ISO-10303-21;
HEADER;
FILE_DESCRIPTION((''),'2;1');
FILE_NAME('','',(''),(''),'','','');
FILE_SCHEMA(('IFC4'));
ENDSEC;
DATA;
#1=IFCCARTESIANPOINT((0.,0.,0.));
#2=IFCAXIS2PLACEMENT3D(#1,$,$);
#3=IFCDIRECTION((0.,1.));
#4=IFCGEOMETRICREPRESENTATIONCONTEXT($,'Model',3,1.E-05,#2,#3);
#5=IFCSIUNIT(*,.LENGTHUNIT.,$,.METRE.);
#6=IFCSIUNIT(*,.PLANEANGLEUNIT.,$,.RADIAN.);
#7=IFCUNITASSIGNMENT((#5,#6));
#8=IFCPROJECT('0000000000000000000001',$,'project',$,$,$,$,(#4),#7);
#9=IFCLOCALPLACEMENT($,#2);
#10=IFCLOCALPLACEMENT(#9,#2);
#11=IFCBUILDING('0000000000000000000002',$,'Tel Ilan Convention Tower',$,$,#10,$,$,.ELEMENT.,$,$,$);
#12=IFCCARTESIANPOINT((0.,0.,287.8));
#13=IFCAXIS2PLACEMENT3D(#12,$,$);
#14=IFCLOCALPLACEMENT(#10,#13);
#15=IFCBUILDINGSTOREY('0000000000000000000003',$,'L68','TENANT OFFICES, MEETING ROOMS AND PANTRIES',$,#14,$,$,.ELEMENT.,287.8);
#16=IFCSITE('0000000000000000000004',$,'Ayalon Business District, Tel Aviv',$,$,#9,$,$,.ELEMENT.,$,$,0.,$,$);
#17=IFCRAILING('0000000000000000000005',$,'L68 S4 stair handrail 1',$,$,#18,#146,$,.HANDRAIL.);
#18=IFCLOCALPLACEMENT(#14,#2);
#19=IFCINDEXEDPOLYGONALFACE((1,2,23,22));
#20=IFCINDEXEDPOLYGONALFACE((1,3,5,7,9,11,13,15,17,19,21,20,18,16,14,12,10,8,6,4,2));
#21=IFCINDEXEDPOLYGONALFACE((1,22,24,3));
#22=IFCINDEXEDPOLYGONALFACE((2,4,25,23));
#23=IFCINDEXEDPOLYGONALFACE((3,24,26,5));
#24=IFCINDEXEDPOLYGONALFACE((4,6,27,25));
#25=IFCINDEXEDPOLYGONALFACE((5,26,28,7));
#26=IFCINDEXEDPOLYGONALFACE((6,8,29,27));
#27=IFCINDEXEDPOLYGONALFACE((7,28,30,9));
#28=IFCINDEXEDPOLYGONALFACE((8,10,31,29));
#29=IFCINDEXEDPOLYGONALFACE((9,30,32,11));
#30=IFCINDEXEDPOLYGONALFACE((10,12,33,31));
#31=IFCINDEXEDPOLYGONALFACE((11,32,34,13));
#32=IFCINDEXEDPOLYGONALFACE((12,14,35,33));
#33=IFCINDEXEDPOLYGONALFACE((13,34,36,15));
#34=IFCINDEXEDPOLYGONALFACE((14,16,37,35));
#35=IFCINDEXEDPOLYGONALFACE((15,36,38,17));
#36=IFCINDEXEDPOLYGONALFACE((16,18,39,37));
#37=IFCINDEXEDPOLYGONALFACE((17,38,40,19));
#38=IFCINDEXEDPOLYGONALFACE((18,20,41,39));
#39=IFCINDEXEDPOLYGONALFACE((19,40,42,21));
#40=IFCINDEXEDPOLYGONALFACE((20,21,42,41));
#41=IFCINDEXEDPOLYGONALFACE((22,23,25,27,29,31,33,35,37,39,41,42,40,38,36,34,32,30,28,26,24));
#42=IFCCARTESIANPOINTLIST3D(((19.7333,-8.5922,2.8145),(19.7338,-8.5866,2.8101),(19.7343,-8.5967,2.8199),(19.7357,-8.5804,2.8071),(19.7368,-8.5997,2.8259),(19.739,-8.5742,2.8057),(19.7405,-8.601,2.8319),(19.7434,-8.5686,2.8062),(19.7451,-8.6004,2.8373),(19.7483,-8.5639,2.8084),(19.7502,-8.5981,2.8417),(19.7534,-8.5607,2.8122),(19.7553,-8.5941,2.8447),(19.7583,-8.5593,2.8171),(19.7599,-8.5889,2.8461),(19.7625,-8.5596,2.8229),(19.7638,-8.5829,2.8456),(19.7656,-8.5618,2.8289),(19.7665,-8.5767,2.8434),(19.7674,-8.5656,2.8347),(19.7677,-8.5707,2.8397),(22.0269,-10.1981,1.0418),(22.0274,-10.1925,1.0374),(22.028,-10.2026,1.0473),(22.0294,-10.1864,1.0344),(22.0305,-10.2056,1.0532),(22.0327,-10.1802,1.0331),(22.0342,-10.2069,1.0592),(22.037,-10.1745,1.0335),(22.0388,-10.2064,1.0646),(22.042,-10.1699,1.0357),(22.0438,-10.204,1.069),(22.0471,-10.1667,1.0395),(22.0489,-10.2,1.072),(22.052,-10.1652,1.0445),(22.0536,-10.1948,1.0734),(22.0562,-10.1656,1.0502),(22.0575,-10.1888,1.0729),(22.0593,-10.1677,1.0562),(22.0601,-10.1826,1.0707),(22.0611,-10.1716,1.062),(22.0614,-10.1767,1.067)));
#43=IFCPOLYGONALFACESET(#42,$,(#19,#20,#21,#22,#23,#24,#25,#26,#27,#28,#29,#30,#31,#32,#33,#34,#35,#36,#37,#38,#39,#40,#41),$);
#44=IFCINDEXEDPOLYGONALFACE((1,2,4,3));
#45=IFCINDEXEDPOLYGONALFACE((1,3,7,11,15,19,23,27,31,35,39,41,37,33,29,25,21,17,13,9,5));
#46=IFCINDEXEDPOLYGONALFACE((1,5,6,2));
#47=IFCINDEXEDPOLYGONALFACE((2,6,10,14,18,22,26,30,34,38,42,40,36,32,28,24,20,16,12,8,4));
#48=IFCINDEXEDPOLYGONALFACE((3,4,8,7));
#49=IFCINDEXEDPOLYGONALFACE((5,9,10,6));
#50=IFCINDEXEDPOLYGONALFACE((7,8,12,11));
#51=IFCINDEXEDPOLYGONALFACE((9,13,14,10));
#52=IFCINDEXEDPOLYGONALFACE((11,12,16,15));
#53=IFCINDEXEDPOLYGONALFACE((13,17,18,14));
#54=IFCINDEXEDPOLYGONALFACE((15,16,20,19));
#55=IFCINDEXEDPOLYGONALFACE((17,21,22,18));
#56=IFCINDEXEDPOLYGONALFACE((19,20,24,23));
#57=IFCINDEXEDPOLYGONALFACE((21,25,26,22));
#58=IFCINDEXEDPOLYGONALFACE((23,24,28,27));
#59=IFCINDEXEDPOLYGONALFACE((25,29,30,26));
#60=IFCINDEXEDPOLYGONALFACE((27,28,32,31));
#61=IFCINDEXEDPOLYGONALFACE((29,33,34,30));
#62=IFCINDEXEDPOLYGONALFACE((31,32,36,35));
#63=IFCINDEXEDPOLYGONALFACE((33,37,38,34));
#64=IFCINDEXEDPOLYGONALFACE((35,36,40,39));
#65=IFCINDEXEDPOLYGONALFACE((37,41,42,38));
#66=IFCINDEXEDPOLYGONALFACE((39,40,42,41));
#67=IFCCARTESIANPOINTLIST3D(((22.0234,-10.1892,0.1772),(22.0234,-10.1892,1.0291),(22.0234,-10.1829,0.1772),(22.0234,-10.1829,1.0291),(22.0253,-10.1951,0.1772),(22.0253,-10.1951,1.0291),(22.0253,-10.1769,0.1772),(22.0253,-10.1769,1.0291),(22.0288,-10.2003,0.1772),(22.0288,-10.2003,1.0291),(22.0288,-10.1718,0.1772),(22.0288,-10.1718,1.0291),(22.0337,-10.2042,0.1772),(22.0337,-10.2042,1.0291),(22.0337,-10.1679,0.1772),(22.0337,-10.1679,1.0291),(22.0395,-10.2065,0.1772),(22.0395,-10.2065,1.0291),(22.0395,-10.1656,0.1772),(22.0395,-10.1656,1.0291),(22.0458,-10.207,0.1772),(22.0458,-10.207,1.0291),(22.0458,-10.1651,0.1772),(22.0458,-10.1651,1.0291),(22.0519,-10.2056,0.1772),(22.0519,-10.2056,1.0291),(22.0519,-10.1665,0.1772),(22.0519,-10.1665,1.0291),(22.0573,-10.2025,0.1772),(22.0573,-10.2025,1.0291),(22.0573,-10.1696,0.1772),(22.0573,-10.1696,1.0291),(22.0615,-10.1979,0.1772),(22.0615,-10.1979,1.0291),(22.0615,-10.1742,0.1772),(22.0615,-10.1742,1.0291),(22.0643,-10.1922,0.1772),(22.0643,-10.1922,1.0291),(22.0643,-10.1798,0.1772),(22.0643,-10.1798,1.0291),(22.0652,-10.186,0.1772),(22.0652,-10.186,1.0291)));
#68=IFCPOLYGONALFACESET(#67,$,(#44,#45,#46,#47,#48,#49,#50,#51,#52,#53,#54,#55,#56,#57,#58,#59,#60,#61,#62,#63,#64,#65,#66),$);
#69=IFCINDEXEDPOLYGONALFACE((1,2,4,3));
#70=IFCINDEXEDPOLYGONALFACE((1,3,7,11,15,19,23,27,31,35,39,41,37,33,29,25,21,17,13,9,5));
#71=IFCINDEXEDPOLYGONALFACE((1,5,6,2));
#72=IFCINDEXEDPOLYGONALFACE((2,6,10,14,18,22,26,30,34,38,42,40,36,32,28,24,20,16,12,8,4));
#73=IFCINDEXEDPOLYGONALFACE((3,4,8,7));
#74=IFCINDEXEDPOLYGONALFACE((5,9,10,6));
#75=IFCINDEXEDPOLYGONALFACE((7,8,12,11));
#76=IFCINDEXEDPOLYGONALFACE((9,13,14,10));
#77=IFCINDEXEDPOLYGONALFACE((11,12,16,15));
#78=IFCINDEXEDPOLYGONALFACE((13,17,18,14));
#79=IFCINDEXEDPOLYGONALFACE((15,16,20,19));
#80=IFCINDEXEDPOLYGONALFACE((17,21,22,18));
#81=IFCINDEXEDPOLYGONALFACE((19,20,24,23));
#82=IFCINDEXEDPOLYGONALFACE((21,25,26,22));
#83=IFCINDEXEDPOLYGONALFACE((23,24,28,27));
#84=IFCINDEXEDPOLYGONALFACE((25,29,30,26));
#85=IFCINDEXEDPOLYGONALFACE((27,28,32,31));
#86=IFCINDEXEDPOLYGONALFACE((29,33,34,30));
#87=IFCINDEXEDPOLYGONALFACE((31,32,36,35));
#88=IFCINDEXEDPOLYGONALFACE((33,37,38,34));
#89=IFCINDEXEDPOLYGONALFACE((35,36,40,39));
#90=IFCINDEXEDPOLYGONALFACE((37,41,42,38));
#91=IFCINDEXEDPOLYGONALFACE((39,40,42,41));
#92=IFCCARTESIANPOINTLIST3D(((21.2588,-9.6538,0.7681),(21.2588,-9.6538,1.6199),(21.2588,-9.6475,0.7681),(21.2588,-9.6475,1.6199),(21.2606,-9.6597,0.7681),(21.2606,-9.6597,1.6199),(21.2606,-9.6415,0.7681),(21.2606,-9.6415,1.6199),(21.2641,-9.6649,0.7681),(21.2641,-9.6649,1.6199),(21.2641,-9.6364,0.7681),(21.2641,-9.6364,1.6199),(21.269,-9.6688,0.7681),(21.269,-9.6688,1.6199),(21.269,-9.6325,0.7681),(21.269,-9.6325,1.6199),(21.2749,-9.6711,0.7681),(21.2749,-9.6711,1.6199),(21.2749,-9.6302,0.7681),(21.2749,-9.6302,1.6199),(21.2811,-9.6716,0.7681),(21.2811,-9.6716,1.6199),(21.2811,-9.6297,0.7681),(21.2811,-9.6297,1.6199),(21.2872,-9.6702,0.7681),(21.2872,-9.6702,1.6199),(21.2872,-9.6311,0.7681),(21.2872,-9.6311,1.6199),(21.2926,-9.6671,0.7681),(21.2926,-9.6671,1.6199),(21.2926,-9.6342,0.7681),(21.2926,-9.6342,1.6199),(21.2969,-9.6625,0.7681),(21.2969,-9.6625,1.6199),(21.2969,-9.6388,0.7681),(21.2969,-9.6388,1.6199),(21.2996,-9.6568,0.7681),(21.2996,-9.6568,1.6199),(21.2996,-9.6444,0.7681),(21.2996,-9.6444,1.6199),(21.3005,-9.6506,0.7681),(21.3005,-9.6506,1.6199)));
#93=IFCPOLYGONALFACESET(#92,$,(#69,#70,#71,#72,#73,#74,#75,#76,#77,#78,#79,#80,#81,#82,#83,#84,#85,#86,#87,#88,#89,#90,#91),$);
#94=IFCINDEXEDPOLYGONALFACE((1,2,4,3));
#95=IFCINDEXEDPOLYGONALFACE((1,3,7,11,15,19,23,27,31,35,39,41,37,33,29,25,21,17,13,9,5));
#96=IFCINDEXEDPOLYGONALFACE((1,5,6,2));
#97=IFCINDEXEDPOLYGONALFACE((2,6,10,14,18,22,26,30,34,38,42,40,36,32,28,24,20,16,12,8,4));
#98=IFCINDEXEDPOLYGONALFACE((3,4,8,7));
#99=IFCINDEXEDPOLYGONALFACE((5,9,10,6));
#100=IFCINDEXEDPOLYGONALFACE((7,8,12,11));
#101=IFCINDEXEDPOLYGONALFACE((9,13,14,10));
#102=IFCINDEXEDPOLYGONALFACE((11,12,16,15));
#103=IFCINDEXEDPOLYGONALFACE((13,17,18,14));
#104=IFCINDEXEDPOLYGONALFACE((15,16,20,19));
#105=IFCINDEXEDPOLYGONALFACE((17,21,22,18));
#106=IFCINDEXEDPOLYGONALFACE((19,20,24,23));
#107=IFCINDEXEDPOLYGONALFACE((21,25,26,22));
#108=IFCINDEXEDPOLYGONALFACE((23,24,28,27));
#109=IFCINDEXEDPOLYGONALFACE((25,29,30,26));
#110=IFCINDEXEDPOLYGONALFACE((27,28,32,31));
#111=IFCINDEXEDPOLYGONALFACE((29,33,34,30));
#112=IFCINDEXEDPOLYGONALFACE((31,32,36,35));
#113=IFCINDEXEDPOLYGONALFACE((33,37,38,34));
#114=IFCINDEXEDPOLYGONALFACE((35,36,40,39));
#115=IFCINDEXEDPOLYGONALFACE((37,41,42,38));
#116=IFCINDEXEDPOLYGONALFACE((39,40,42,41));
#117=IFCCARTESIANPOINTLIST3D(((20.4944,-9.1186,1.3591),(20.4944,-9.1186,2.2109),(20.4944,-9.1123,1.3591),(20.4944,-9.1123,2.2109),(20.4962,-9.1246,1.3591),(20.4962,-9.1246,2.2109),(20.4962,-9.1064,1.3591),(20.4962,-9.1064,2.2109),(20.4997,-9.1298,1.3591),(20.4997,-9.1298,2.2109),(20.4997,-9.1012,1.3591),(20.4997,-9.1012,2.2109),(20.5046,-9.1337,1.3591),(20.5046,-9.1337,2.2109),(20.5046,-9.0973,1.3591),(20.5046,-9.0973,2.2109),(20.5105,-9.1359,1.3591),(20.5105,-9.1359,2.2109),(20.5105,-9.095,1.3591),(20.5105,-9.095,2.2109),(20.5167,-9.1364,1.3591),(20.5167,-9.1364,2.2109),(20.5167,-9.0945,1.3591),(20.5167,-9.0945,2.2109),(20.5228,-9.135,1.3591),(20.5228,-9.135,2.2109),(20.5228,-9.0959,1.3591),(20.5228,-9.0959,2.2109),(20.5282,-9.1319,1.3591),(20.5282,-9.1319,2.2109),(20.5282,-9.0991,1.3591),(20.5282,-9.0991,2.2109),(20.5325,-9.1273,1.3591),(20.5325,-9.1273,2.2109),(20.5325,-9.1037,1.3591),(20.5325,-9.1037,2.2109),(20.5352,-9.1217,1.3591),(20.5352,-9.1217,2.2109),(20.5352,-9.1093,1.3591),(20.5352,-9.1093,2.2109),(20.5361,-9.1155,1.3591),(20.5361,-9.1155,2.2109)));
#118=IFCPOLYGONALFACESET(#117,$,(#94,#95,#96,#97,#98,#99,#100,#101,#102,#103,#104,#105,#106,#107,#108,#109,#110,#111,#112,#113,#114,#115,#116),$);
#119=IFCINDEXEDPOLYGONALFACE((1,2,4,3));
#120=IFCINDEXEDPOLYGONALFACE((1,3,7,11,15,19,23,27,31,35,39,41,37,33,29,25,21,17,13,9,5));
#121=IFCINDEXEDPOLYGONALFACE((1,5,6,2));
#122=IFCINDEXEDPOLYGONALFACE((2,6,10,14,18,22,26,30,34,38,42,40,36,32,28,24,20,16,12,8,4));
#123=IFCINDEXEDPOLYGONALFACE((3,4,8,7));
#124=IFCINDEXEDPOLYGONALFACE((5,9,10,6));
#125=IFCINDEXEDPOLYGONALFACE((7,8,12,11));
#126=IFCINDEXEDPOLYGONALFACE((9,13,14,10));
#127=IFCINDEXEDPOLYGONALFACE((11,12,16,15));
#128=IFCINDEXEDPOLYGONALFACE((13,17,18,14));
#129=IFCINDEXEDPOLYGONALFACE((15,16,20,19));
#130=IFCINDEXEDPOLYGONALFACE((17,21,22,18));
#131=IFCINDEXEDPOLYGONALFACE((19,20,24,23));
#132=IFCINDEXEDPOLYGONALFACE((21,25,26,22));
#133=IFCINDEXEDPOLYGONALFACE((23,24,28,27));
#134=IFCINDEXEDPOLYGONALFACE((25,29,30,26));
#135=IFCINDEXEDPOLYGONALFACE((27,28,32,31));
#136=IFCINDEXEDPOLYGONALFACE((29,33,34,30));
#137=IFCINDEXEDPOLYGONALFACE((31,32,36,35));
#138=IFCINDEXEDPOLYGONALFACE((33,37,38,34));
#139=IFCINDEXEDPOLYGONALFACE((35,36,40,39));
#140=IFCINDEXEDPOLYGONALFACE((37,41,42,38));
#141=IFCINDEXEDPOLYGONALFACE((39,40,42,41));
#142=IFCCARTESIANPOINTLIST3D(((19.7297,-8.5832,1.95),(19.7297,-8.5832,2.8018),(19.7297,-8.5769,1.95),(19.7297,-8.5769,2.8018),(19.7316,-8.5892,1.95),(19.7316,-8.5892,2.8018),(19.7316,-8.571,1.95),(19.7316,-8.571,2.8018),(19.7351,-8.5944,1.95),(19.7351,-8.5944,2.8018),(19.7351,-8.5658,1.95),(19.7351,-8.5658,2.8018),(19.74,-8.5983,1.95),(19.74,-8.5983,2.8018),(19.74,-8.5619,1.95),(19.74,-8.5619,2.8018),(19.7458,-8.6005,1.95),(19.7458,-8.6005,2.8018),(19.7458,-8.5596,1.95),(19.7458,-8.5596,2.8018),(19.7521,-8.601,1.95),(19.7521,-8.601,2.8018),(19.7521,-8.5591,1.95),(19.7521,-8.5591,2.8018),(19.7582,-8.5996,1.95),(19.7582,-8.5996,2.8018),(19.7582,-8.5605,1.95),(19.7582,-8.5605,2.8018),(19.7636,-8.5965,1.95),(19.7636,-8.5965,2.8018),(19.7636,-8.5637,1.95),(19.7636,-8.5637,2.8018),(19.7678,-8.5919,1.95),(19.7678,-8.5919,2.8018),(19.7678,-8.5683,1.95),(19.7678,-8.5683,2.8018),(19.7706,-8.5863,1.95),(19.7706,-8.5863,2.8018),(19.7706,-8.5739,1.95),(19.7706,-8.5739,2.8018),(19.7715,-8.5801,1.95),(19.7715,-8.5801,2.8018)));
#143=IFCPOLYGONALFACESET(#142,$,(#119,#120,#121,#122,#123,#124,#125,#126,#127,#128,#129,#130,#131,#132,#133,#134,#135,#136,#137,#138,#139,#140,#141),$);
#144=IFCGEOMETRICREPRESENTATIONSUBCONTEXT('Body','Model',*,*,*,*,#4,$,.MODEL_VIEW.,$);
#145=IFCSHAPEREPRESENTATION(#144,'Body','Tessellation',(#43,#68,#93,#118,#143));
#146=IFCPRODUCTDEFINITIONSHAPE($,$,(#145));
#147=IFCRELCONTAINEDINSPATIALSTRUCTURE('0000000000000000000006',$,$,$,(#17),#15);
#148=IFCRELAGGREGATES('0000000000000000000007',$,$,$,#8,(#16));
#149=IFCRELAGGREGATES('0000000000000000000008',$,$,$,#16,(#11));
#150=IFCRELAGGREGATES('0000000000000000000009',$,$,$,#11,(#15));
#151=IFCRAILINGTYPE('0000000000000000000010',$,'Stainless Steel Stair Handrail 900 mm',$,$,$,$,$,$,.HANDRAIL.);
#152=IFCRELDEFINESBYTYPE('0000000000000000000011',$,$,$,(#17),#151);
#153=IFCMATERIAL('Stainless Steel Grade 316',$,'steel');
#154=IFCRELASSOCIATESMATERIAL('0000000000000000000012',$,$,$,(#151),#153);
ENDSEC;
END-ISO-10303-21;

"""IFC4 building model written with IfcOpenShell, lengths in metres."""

from ifc_helpers import new_model, si_unit, direction, frame, origin, origin_2d, place, context, subcontext, project, spatial, circle, extrude, material, type_object, element, save


model = new_model("IFC4")

# Units and contexts
model_context = context("Model", 3, precision=1e-05, world=origin(), true_north=direction((0.0, 1.0)))
body_context = subcontext(model_context, "Body", "Model", "MODEL_VIEW")
ifc_project = project(units=[si_unit("LENGTHUNIT", "METRE"), si_unit("PLANEANGLEUNIT", "RADIAN")], contexts=[model_context])

# Site, building, storey
site_placement = place(None, origin())
site = spatial("IfcSite", under=ifc_project, at=site_placement, Name="Ayalon Business District, Tel Aviv", CompositionType="ELEMENT", RefElevation=0.0)
building_placement = place(site_placement, origin())
building = spatial("IfcBuilding", under=site, at=building_placement, Name="Tel Ilan Convention Tower", CompositionType="ELEMENT")
storey_placement = place(building_placement, frame((0.0, 0.0, 287.8)))
storey = spatial("IfcBuildingStorey", under=building, at=storey_placement, Name="L68", Description="TENANT OFFICES, MEETING ROOMS AND PANTRIES", CompositionType="ELEMENT", Elevation=287.8)

# Railing
ifc_material_1 = material(Name="Stainless Steel Grade 316", Category="steel")
railing_type_1 = type_object("IfcRailingType", Name="Stainless Steel Stair Handrail 900 mm", PredefinedType="HANDRAIL", material=ifc_material_1)
railing_1_placement = place(storey_placement, frame((22.0442, -10.186, 0.1772)))
element("IfcRailing", 1, at=railing_1_placement, inside=storey, type_object=railing_type_1, Name="L68 S4 stair handrail 1", PredefinedType="HANDRAIL", context=body_context, shape_type="SweptSolid", body=[
    extrude(circle(Radius=0.0239, at=origin_2d()), frame((0.0, 0.0, 0.876), z_axis=(-0.692123, 0.484597, 0.534913), x_axis=(-0.57355, -0.81917, 0.0)), (0.0, 0.0, 1.0), 3.314),
    extrude(circle(Radius=0.021, at=origin_2d()), origin(), (0.0, 0.0, 1.0), 0.8518),
    extrude(circle(Radius=0.021, at=origin_2d()), frame((-0.7646, 0.5354, 0.5908)), (0.0, 0.0, 1.0), 0.8518),
    extrude(circle(Radius=0.021, at=origin_2d()), frame((-1.5291, 1.0706, 1.1819)), (0.0, 0.0, 1.0), 0.8518),
    extrude(circle(Radius=0.021, at=origin_2d()), frame((-2.2937, 1.606, 1.7727)), (0.0, 0.0, 1.0), 0.8518),
])

save(model, "model.ifc")
